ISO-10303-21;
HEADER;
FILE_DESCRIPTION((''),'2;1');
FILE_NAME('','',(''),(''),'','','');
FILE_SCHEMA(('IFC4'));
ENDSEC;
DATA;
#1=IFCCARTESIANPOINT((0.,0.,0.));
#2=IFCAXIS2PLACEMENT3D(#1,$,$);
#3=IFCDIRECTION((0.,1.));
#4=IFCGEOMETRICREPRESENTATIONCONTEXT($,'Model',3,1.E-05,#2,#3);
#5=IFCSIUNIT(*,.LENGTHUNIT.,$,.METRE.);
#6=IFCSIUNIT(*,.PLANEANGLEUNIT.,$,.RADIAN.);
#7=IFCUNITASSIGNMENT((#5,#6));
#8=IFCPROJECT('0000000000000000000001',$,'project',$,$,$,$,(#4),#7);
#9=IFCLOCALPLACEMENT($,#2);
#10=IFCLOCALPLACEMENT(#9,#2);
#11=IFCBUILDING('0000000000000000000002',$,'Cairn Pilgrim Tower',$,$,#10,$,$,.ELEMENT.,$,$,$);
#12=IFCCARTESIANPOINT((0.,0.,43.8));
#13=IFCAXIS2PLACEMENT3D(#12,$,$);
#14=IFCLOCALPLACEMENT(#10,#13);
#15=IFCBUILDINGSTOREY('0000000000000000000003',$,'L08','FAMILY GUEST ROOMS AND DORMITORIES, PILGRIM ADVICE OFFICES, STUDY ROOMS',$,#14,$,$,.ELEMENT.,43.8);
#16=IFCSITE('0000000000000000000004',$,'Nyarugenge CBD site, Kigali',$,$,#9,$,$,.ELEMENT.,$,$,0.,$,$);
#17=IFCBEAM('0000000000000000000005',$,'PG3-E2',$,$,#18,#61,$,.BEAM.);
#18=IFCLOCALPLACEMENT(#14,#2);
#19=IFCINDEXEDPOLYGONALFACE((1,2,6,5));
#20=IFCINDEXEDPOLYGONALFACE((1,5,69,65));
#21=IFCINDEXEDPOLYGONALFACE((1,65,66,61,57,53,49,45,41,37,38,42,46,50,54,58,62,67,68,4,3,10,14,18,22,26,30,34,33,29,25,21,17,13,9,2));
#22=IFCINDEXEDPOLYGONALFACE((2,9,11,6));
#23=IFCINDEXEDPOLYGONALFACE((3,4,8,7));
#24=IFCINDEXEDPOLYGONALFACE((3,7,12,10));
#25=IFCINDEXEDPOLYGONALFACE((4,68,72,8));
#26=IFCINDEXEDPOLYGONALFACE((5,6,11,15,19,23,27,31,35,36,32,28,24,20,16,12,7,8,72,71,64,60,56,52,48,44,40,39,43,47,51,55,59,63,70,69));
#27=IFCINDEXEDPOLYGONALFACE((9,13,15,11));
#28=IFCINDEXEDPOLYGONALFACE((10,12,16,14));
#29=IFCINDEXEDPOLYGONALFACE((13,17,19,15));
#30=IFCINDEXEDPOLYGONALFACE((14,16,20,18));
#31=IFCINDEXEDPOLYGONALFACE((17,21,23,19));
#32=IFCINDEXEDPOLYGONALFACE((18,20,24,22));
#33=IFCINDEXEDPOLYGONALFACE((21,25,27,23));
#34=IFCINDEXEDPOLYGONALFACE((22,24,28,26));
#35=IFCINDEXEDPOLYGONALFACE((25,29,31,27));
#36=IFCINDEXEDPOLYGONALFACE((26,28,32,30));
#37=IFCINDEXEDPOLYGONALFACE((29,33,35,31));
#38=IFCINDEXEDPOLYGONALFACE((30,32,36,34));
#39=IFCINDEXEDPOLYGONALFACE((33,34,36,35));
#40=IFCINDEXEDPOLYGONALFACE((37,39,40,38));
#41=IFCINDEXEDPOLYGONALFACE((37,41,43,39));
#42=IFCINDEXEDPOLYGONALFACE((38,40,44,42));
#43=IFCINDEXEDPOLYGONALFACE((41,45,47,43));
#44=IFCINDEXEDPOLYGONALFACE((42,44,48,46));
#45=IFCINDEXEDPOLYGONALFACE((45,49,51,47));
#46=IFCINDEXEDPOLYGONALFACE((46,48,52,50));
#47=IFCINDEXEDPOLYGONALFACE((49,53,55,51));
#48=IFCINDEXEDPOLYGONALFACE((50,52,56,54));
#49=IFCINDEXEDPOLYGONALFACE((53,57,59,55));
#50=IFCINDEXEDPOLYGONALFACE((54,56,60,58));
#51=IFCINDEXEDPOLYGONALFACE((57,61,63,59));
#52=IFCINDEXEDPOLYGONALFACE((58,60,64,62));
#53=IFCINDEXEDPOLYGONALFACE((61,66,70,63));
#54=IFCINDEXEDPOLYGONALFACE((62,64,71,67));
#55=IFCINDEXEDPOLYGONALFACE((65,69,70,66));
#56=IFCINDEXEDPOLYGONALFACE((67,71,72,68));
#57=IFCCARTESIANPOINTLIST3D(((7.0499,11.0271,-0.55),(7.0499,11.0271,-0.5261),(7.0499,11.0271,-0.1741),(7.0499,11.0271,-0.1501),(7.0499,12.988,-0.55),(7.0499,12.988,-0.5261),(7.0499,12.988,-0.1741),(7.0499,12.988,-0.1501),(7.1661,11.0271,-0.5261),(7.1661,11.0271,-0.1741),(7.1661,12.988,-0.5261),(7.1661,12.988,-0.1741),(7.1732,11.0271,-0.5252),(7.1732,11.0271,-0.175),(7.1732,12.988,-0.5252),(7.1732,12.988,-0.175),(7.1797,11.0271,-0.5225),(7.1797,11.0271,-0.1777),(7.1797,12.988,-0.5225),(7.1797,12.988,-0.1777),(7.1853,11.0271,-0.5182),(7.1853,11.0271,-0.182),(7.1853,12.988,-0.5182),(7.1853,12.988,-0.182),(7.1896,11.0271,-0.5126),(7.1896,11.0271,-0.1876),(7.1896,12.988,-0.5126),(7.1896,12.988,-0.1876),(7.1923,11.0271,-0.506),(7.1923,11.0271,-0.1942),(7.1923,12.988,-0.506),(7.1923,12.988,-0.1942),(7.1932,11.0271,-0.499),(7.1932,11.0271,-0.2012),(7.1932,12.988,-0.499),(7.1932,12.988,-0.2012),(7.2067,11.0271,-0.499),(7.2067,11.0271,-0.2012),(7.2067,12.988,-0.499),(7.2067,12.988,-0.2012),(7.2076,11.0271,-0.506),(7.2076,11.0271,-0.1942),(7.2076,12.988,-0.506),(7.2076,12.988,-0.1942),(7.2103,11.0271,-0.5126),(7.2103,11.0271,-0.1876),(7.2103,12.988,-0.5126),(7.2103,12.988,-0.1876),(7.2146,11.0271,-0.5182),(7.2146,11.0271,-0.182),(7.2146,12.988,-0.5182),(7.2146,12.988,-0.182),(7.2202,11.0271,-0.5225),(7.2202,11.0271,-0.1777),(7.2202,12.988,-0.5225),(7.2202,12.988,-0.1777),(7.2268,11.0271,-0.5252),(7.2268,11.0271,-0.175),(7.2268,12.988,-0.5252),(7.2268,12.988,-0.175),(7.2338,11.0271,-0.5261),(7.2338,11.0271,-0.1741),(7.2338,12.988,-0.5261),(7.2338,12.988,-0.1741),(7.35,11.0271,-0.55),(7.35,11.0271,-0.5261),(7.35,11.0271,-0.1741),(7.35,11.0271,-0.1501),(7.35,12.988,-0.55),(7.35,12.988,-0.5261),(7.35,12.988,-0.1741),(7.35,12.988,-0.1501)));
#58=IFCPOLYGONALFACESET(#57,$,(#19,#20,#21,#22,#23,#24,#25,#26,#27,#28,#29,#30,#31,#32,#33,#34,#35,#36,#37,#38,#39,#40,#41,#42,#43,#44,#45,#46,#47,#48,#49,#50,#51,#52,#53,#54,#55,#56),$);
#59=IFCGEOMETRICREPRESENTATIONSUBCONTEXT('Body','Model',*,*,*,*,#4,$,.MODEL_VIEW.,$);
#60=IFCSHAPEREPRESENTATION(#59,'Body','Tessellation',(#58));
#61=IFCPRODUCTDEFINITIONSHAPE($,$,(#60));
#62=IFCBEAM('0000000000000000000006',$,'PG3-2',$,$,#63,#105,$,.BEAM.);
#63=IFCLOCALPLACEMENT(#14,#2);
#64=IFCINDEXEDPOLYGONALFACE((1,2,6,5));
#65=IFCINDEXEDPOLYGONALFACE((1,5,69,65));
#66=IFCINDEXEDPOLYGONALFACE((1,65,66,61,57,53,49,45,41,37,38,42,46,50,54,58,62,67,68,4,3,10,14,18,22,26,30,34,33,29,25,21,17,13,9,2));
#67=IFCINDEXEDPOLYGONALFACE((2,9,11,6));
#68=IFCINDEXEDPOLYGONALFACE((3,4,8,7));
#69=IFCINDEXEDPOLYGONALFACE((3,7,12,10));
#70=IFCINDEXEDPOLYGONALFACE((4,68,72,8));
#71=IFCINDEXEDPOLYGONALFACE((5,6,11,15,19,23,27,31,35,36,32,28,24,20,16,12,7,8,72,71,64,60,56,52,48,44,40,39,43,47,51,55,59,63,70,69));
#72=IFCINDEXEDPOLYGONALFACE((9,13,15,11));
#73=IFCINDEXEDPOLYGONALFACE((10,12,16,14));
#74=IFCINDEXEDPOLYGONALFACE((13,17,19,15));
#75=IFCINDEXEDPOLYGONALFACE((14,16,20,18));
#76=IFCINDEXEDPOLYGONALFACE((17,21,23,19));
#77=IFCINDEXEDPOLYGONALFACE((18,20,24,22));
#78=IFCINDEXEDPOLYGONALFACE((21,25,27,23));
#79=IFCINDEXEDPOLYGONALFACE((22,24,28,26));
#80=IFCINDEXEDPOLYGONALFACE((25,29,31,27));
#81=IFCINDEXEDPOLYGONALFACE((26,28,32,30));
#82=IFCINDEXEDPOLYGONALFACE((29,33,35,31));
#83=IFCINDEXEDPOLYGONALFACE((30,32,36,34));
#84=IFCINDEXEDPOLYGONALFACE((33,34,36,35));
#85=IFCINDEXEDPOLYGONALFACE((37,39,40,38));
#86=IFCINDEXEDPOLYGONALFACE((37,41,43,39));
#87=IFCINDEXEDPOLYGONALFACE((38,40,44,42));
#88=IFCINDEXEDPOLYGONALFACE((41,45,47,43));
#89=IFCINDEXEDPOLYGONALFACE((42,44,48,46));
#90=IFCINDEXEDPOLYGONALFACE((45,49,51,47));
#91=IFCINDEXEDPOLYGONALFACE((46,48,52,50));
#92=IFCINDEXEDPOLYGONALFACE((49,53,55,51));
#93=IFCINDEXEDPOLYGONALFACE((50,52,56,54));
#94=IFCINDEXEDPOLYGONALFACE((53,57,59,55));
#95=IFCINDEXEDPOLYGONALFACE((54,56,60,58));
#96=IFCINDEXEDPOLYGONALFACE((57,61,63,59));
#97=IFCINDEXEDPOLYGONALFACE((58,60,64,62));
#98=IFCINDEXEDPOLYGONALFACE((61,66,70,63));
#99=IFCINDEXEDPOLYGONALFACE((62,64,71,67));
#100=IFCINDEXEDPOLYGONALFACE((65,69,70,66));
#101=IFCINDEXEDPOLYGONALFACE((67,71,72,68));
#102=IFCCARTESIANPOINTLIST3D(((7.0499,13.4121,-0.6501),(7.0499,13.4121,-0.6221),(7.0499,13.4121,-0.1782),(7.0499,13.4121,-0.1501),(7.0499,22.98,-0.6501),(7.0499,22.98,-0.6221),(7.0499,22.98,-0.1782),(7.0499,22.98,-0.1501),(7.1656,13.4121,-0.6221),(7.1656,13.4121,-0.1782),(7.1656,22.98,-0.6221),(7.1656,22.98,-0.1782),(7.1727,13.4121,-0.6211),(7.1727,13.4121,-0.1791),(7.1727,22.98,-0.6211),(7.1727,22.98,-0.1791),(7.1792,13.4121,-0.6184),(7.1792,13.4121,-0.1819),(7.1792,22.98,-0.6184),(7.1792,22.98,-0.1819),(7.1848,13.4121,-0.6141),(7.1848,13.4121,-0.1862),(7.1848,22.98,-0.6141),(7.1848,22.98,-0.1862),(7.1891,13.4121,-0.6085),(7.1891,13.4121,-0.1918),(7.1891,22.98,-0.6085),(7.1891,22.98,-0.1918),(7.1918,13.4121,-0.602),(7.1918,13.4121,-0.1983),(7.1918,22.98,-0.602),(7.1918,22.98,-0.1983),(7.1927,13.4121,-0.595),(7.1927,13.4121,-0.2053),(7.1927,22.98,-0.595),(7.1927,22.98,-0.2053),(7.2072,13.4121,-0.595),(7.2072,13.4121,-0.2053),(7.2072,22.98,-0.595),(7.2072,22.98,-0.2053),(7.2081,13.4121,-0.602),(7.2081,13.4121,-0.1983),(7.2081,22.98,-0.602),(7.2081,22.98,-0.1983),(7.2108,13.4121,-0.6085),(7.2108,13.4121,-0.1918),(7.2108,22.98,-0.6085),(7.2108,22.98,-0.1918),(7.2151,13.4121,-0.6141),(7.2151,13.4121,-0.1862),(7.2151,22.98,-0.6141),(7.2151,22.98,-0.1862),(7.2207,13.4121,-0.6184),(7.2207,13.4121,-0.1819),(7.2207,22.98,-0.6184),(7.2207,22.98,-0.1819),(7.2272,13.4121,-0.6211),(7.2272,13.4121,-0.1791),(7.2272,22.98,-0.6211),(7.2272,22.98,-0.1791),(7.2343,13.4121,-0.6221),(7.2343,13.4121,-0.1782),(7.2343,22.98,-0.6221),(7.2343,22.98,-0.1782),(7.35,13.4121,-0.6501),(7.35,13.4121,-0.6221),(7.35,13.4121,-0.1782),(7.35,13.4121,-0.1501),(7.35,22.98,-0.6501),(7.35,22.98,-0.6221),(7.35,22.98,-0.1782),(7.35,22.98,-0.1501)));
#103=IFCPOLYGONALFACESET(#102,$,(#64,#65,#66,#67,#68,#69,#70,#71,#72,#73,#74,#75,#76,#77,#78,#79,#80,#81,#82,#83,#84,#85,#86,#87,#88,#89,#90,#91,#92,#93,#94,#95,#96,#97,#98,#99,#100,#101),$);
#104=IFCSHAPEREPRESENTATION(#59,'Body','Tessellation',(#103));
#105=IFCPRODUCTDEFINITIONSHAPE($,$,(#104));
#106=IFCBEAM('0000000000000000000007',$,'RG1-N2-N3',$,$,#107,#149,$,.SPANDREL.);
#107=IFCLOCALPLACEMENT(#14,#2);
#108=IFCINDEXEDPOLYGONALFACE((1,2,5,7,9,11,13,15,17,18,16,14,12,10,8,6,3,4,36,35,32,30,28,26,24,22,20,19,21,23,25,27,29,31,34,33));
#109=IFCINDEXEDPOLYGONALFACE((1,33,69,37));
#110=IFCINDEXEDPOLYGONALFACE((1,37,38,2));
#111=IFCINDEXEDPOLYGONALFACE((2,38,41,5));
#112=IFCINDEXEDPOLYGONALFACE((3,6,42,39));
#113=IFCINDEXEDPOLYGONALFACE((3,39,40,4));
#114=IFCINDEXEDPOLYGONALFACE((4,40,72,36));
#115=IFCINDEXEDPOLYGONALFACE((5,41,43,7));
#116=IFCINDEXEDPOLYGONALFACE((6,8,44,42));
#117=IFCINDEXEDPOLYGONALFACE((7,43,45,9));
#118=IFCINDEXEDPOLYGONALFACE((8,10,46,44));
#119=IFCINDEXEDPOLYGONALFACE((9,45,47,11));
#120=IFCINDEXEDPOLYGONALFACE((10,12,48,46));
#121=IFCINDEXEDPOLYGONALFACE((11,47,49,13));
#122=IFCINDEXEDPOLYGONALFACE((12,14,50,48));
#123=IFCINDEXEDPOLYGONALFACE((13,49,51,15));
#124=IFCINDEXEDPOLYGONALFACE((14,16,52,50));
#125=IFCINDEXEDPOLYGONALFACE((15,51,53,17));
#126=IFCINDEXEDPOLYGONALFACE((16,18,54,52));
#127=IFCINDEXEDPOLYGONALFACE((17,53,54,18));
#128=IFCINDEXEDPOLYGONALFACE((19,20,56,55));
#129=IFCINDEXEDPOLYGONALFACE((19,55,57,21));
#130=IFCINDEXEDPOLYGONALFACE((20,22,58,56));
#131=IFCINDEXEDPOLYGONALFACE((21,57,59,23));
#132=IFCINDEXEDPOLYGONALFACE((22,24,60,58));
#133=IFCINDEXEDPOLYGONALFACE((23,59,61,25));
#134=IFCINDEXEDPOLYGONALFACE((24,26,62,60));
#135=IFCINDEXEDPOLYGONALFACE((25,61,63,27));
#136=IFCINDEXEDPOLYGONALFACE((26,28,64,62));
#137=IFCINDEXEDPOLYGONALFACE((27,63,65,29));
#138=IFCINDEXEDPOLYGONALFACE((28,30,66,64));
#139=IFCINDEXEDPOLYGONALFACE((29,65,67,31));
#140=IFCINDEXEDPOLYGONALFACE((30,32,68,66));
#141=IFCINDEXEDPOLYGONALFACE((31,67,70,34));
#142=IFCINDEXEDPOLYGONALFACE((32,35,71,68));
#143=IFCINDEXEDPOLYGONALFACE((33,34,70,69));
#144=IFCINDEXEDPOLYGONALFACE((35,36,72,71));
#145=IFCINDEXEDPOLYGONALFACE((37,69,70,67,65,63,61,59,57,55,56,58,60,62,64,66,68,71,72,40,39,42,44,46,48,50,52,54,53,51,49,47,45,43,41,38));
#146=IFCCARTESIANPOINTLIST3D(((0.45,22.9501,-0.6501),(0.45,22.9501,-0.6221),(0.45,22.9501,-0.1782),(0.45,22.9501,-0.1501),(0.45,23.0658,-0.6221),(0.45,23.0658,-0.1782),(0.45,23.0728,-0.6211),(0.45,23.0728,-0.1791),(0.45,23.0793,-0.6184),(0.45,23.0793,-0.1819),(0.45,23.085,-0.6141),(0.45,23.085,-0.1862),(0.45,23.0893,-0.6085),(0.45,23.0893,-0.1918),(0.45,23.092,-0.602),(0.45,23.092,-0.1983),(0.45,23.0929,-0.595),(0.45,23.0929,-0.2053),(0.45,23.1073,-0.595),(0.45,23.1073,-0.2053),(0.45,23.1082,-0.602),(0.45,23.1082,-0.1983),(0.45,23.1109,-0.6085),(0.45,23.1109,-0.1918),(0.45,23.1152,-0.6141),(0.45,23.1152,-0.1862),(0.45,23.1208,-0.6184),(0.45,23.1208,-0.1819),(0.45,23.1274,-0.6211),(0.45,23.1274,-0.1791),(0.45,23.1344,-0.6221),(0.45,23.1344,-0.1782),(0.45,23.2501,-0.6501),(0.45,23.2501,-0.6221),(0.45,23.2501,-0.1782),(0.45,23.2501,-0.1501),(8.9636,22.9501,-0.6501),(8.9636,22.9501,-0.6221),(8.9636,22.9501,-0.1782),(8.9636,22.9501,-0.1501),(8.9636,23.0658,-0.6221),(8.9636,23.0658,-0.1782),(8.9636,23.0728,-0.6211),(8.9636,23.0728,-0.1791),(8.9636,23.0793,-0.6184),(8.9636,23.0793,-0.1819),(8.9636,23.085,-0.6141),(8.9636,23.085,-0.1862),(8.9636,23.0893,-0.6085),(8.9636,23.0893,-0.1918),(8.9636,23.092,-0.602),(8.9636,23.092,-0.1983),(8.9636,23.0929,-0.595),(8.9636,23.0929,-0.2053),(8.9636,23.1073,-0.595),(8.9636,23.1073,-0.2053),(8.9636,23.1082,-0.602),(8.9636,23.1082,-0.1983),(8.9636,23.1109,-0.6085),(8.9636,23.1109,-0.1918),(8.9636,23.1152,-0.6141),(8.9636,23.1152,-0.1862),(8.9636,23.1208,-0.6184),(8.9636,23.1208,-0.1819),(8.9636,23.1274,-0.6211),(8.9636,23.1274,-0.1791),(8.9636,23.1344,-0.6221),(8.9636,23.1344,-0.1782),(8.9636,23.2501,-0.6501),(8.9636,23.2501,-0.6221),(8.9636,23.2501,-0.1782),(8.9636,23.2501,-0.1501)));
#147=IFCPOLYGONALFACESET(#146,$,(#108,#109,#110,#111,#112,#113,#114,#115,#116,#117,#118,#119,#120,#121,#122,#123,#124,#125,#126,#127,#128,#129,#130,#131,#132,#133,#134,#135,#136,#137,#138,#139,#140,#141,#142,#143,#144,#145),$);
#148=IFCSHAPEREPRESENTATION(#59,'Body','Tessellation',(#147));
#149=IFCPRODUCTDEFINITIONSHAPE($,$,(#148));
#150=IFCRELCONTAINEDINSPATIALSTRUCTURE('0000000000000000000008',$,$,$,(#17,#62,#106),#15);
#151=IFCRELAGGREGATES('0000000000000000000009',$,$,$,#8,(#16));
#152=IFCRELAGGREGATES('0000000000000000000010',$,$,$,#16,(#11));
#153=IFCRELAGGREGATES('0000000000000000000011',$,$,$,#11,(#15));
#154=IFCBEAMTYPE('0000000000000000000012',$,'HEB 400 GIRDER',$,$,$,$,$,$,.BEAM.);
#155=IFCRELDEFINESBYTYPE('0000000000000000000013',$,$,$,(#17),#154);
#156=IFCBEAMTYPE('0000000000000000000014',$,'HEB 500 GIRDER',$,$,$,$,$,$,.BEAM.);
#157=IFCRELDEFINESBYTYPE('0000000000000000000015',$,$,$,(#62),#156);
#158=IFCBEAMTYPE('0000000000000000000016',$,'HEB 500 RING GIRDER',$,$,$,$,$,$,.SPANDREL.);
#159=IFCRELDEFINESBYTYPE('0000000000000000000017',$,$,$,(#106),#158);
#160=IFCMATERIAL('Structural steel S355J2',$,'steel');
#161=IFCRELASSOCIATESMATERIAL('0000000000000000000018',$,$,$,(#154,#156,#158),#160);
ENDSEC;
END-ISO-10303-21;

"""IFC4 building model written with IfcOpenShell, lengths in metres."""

from ifc_helpers import new_model, si_unit, direction, frame, origin, origin_2d, place, context, subcontext, project, spatial, i_section, extrude, material, material_profile, profile_set, type_object, element, save


model = new_model("IFC4")

# Units and contexts
model_context = context("Model", 3, precision=1e-05, world=origin(), true_north=direction((0.0, 1.0)))
body_context = subcontext(model_context, "Body", "Model", "MODEL_VIEW")
ifc_project = project(units=[si_unit("LENGTHUNIT", "METRE"), si_unit("PLANEANGLEUNIT", "RADIAN")], contexts=[model_context])

# Site, building, storey
site_placement = place(None, origin())
site = spatial("IfcSite", under=ifc_project, at=site_placement, Name="Nyarugenge CBD site, Kigali", CompositionType="ELEMENT", RefElevation=0.0)
building_placement = place(site_placement, origin())
building = spatial("IfcBuilding", under=site, at=building_placement, Name="Cairn Pilgrim Tower", CompositionType="ELEMENT")
storey_placement = place(building_placement, frame((0.0, 0.0, 43.8)))
storey = spatial("IfcBuildingStorey", under=building, at=storey_placement, Name="L08", Description="FAMILY GUEST ROOMS AND DORMITORIES, PILGRIM ADVICE OFFICES, STUDY ROOMS", CompositionType="ELEMENT", Elevation=43.8)

# Beams
ifc_material_1 = material(Name="Structural steel S355J2", Category="steel")
ifc_material_profile_1 = material_profile(ifc_material_1, i_section(OverallWidth=0.3, OverallDepth=0.3999, WebThickness=0.0134, FlangeThickness=0.0239, FilletRadius=0.0271, at=origin_2d()), Name="HEB 400")
ifc_profile_set_1 = profile_set([ifc_material_profile_1], Name="Structural steel S355J2")
beam_type_1 = type_object("IfcBeamType", Name="HEB 400 GIRDER", PredefinedType="BEAM", material=ifc_profile_set_1)
beam_1_placement = place(storey_placement, frame((7.2, 11.0271, -0.3501), z_axis=(0.0, 1.0, 0.0), x_axis=(-1.0, 0.0, 0.0)))
element("IfcBeam", 1, at=beam_1_placement, inside=storey, type_object=beam_type_1, Name="PG3-E2", PredefinedType="BEAM", context=body_context, shape_type="SweptSolid", body=[
    extrude(i_section(OverallWidth=0.3, OverallDepth=0.3999, WebThickness=0.0134, FlangeThickness=0.0239, FilletRadius=0.0271, at=origin_2d()), origin(), (0.0, 0.0, 1.0), 1.9609),
])
ifc_material_profile_2 = material_profile(ifc_material_1, i_section(OverallWidth=0.3, OverallDepth=0.5, WebThickness=0.0144, FlangeThickness=0.0281, FilletRadius=0.0271, at=origin_2d()), Name="HEB 500")
ifc_profile_set_2 = profile_set([ifc_material_profile_2], Name="Structural steel S355J2")
beam_type_2 = type_object("IfcBeamType", Name="HEB 500 GIRDER", PredefinedType="BEAM", material=ifc_profile_set_2)
beam_2_placement = place(storey_placement, frame((7.2, 13.4121, -0.4001), z_axis=(0.0, 1.0, 0.0), x_axis=(-1.0, 0.0, 0.0)))
element("IfcBeam", 2, at=beam_2_placement, inside=storey, type_object=beam_type_2, Name="PG3-2", PredefinedType="BEAM", context=body_context, shape_type="SweptSolid", body=[
    extrude(i_section(OverallWidth=0.3, OverallDepth=0.5, WebThickness=0.0144, FlangeThickness=0.0281, FilletRadius=0.0271, at=origin_2d()), origin(), (0.0, 0.0, 1.0), 9.5679),
])
ifc_material_profile_3 = material_profile(ifc_material_1, i_section(OverallWidth=0.3, OverallDepth=0.5, WebThickness=0.0144, FlangeThickness=0.0281, FilletRadius=0.0271, at=origin_2d()), Name="HEB 500")
ifc_profile_set_3 = profile_set([ifc_material_profile_3], Name="Structural steel S355J2")
beam_type_3 = type_object("IfcBeamType", Name="HEB 500 RING GIRDER", PredefinedType="SPANDREL", material=ifc_profile_set_3)
beam_3_placement = place(storey_placement, frame((8.9636, 23.1001, -0.4001), z_axis=(-1.0, 0.0, 0.0), x_axis=(0.0, -1.0, 0.0)))
element("IfcBeam", 3, at=beam_3_placement, inside=storey, type_object=beam_type_3, Name="RG1-N2-N3", PredefinedType="SPANDREL", context=body_context, shape_type="SweptSolid", body=[
    extrude(i_section(OverallWidth=0.3, OverallDepth=0.5, WebThickness=0.0144, FlangeThickness=0.0281, FilletRadius=0.0271, at=origin_2d()), origin(), (0.0, 0.0, 1.0), 8.5137),
])

save(model, "model.ifc")
